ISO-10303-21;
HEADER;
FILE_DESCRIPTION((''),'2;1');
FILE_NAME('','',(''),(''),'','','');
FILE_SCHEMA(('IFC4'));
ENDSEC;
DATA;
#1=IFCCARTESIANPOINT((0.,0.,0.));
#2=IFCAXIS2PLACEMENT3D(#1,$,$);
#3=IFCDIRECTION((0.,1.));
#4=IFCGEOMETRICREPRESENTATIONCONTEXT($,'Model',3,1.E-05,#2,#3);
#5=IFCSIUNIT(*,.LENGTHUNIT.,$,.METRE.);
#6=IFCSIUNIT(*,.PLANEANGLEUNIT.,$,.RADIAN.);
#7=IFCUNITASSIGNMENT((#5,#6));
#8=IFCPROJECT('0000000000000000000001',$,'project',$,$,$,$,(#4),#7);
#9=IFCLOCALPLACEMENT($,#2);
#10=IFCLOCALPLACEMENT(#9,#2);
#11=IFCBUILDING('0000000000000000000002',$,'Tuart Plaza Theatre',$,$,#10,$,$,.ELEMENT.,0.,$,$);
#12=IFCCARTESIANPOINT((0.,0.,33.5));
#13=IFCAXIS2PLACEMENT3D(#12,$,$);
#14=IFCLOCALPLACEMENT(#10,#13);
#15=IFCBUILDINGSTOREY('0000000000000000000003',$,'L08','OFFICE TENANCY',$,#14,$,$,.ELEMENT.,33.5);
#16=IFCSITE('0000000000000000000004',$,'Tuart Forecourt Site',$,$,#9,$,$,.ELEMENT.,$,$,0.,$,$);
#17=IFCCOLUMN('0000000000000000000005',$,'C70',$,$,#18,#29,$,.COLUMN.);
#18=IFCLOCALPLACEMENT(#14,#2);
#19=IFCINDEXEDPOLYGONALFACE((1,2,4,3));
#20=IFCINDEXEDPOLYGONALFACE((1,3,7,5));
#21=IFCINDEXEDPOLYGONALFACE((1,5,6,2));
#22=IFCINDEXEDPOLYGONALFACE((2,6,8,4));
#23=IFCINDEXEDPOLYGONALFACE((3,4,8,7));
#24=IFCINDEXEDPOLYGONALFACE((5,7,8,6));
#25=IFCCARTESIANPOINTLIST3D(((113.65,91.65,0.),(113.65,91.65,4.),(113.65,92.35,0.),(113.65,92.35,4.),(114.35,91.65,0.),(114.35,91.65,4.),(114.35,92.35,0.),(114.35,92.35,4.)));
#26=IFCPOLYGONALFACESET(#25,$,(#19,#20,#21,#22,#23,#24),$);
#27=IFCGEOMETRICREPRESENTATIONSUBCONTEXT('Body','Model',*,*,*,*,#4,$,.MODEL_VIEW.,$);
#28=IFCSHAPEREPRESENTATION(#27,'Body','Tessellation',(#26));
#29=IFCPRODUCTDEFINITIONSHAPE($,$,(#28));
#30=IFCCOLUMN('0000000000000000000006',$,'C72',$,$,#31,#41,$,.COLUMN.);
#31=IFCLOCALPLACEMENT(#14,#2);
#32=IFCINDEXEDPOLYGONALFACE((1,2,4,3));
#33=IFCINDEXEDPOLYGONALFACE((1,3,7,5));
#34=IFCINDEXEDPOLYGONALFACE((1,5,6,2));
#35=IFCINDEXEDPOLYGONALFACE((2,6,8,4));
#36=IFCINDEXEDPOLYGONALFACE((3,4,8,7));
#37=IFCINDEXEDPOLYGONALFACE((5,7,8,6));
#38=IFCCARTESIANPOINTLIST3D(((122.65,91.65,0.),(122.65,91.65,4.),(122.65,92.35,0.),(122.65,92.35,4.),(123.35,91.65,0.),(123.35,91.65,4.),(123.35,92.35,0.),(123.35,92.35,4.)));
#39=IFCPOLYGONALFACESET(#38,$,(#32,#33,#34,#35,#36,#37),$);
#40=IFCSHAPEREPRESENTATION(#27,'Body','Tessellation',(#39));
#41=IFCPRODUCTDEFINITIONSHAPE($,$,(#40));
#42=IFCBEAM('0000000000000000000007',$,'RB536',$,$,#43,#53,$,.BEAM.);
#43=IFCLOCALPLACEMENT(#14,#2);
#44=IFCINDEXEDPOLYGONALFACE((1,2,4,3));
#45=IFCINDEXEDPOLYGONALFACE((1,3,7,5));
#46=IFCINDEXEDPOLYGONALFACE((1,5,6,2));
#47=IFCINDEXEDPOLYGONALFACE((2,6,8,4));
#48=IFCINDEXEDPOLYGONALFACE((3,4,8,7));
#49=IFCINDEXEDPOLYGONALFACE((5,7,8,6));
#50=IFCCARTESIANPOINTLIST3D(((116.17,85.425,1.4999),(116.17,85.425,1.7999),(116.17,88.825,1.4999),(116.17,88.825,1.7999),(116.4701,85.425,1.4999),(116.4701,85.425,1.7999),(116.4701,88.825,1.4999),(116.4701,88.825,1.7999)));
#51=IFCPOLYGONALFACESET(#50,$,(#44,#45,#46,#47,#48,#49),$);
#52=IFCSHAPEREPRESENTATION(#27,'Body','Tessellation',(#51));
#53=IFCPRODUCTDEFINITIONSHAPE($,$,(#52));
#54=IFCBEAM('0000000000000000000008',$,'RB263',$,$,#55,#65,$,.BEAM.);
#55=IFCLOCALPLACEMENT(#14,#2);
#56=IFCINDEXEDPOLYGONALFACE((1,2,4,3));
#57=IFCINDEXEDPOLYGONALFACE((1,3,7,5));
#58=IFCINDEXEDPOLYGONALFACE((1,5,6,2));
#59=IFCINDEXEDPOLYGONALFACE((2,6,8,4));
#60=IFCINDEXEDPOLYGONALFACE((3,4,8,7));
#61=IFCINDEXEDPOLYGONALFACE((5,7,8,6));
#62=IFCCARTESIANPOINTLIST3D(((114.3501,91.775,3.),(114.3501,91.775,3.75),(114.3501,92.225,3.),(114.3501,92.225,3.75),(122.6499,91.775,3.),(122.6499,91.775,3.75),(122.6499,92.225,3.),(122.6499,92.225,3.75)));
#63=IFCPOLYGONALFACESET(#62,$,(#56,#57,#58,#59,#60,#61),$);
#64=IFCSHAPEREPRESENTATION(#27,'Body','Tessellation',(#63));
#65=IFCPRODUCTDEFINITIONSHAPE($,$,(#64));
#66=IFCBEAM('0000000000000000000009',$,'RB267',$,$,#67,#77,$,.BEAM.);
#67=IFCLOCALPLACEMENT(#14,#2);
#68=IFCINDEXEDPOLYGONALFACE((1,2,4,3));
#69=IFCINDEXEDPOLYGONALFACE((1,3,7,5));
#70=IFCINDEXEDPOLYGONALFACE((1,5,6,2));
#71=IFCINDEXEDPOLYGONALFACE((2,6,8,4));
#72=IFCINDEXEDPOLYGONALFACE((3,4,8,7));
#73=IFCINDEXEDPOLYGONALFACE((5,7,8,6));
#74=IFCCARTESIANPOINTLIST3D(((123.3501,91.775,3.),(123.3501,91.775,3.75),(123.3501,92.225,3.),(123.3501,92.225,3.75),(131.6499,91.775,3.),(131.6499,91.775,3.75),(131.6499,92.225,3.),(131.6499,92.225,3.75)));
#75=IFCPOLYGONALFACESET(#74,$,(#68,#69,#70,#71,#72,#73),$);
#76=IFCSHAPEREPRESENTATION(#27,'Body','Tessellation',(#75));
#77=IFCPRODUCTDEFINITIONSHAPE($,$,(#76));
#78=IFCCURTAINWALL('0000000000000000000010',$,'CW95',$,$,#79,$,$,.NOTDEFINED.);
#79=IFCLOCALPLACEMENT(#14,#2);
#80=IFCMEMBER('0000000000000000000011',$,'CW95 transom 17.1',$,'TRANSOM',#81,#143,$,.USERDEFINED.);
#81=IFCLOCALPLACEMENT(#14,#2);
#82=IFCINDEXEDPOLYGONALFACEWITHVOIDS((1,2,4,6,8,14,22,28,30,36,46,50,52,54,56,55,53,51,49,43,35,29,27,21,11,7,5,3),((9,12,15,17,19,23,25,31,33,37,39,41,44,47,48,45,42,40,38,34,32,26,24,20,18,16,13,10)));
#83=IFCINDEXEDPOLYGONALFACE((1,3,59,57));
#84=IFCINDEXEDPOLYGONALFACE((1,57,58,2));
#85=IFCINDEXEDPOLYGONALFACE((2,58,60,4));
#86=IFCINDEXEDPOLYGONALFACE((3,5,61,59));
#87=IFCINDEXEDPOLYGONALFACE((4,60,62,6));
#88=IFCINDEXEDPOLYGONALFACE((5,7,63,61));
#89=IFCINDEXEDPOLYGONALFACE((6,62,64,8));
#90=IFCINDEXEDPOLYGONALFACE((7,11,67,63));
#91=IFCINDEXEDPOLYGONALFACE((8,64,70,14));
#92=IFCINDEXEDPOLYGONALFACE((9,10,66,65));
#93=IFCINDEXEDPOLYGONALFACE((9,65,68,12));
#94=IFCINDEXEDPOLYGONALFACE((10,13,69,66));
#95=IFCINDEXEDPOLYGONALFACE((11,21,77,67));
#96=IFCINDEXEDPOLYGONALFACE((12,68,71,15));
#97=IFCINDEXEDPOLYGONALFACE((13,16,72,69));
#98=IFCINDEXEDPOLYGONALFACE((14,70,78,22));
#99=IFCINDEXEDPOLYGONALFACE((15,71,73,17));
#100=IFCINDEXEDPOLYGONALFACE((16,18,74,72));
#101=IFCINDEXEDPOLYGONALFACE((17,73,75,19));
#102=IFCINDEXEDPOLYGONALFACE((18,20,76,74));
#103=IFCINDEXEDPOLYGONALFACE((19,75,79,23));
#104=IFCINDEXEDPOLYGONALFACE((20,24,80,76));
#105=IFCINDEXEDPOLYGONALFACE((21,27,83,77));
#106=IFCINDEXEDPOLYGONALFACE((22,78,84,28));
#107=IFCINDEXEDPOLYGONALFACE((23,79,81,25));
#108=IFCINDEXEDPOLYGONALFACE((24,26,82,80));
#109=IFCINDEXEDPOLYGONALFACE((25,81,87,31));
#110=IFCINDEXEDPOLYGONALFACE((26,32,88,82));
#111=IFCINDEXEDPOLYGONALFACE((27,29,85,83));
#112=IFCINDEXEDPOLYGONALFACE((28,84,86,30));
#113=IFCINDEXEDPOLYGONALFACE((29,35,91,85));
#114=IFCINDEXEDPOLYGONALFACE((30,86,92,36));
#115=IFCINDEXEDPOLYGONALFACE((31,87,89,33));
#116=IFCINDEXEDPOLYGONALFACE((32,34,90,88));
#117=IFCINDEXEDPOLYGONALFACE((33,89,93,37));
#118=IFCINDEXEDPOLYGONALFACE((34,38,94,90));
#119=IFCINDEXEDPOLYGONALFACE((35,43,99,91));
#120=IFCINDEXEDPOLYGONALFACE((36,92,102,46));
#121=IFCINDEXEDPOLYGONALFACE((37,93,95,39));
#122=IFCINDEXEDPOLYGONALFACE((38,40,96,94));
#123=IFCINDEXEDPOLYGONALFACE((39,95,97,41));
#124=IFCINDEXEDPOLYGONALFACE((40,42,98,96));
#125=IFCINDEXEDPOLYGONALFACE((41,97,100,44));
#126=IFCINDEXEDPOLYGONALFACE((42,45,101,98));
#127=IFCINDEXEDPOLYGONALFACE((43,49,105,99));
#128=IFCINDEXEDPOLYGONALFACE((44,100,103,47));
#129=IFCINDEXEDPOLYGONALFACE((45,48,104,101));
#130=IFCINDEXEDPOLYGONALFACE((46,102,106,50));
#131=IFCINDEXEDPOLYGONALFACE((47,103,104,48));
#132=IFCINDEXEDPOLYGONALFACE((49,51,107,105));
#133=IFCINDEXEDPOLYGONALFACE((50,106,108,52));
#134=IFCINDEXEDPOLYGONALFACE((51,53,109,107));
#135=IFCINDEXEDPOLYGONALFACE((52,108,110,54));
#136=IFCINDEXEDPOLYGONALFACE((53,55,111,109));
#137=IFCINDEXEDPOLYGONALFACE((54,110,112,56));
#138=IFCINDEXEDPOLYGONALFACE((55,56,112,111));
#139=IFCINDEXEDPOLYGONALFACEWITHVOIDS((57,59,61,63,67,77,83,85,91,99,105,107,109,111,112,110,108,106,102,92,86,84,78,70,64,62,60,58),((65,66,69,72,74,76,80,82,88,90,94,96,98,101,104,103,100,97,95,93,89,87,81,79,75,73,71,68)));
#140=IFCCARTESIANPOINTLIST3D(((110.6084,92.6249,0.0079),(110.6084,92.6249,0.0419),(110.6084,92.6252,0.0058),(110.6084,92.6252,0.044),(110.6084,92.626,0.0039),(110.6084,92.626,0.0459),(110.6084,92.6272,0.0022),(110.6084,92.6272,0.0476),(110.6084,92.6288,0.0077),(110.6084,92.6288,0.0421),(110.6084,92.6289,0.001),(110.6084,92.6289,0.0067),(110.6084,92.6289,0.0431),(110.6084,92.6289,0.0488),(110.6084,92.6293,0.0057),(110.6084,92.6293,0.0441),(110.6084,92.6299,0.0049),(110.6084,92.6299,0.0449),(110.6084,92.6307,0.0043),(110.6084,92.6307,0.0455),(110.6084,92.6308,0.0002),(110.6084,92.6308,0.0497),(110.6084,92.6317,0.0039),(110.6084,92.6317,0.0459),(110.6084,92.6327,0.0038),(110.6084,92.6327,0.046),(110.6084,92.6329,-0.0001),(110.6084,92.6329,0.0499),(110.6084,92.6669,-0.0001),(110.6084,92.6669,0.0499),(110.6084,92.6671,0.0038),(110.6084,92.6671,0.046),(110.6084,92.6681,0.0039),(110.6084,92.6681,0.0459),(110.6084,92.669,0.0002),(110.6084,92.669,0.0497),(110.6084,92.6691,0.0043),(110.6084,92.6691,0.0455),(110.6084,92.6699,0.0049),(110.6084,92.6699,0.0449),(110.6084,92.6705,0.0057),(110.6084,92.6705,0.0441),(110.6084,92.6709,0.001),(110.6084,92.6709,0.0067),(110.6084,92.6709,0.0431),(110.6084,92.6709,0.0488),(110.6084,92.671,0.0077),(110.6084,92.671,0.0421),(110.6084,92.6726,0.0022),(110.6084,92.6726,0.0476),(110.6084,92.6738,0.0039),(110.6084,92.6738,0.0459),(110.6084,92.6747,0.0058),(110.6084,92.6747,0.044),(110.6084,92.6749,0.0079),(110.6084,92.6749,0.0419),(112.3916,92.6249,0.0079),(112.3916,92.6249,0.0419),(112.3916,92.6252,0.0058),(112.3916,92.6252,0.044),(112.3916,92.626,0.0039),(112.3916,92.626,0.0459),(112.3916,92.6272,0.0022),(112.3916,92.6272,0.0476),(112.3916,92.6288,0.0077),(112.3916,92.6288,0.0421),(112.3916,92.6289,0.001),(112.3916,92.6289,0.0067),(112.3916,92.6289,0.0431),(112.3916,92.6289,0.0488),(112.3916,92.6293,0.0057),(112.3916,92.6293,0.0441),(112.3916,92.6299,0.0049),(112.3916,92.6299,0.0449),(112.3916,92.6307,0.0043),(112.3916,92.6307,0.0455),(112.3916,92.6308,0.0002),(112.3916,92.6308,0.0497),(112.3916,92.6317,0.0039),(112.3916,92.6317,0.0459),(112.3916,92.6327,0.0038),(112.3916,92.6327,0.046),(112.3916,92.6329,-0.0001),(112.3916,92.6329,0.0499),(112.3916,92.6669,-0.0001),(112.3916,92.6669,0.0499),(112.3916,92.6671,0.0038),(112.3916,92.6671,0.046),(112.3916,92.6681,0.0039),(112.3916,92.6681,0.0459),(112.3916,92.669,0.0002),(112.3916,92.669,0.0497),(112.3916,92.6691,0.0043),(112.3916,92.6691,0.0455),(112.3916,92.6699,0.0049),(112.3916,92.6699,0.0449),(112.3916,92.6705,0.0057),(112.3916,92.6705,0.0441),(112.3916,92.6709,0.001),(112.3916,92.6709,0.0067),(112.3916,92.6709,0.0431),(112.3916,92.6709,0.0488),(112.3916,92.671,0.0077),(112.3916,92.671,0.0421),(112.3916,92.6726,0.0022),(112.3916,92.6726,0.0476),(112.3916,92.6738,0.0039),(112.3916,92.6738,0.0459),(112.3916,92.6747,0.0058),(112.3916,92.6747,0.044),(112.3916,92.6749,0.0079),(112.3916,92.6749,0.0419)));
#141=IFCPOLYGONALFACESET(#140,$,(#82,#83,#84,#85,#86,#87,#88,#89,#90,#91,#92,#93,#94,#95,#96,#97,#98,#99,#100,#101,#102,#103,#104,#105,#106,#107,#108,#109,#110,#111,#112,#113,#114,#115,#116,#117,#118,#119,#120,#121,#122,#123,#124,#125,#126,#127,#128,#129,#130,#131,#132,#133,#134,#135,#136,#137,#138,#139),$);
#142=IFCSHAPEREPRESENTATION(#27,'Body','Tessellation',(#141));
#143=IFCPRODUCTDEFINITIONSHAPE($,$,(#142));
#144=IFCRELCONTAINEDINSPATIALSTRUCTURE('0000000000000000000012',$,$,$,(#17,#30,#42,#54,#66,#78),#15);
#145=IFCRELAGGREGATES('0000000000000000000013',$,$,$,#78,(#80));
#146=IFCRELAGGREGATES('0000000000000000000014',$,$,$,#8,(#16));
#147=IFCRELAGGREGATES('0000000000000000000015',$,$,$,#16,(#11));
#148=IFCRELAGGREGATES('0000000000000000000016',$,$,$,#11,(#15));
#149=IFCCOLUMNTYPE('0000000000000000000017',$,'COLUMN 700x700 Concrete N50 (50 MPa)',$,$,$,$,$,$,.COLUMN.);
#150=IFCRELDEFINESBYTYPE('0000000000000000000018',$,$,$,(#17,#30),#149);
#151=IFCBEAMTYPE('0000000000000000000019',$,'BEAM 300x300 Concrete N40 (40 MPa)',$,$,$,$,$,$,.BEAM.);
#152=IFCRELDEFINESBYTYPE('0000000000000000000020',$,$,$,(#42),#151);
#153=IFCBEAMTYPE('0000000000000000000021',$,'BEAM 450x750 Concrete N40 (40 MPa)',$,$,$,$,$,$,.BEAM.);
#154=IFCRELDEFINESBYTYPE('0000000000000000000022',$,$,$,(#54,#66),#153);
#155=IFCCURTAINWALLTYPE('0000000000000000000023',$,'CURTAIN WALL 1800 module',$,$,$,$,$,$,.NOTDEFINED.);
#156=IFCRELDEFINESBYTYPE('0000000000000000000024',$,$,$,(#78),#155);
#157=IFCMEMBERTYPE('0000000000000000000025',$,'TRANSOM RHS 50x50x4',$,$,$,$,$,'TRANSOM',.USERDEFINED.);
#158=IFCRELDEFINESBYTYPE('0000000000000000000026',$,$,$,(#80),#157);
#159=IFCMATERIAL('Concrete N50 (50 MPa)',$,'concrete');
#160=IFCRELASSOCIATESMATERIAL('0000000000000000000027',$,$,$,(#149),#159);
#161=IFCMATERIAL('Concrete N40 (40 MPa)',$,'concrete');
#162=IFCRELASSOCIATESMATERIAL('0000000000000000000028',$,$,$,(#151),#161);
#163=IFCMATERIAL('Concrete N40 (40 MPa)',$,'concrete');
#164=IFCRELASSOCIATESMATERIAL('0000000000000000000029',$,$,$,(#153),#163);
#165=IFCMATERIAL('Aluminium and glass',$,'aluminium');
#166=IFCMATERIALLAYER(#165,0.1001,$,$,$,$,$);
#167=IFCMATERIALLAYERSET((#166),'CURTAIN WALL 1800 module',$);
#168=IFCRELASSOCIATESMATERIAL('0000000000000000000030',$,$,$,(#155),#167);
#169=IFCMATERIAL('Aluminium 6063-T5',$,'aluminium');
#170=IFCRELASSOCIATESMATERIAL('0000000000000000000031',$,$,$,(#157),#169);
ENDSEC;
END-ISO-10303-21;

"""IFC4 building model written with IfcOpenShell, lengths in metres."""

from ifc_helpers import new_model, si_unit, direction, frame, origin, origin_2d, place, context, subcontext, project, spatial, rectangle, hollow_rectangle, extrude, material, layer, layer_set, material_profile, profile_set, type_object, element, aggregate, save


model = new_model("IFC4")

# Units and contexts
model_context = context("Model", 3, precision=1e-05, world=origin(), true_north=direction((0.0, 1.0)))
body_context = subcontext(model_context, "Body", "Model", "MODEL_VIEW")
ifc_project = project(units=[si_unit("LENGTHUNIT", "METRE"), si_unit("PLANEANGLEUNIT", "RADIAN")], contexts=[model_context])

# Site, building, storey
site_placement = place(None, origin())
site = spatial("IfcSite", under=ifc_project, at=site_placement, Name="Tuart Forecourt Site", CompositionType="ELEMENT", RefElevation=0.0)
building_placement = place(site_placement, origin())
building = spatial("IfcBuilding", under=site, at=building_placement, Name="Tuart Plaza Theatre", CompositionType="ELEMENT", ElevationOfRefHeight=0.0)
storey_placement = place(building_placement, frame((0.0, 0.0, 33.5)))
storey = spatial("IfcBuildingStorey", under=building, at=storey_placement, Name="L08", Description="OFFICE TENANCY", CompositionType="ELEMENT", Elevation=33.5)

# Columns
ifc_material_1 = material(Name="Concrete N50 (50 MPa)", Category="concrete")
ifc_material_profile_1 = material_profile(ifc_material_1, rectangle(XDim=0.7, YDim=0.7, at=origin_2d()), Name="COLUMN 700x700 Concrete N50 (50 MPa)")
ifc_profile_set_1 = profile_set([ifc_material_profile_1], Name="Concrete N50 (50 MPa)")
column_type = type_object("IfcColumnType", Name="COLUMN 700x700 Concrete N50 (50 MPa)", PredefinedType="COLUMN", material=ifc_profile_set_1)
for number, where, z_axis, x_axis, name in (
    (1, (114.0, 92.0, 0.0), (0.0, 0.0, 1.0), (1.0, 0.0, 0.0), "C70"),
    (2, (123.0, 92.0, 0.0), (0.0, 0.0, 1.0), (1.0, 0.0, 0.0), "C72"),
):
    element("IfcColumn", number, at=place(storey_placement, frame(where, z_axis=z_axis, x_axis=x_axis)), inside=storey, type_object=column_type, Name=name, PredefinedType="COLUMN", context=body_context, shape_type="SweptSolid", body=[
        extrude(rectangle(XDim=0.7, YDim=0.7, at=origin_2d()), origin(), (0.0, 0.0, 1.0), 4.0),
    ])

# Beams
ifc_material_2 = material(Name="Concrete N40 (40 MPa)", Category="concrete")
ifc_material_profile_2 = material_profile(ifc_material_2, rectangle(XDim=0.3, YDim=0.3, at=origin_2d()), Name="BEAM 300x300 Concrete N40 (40 MPa)")
ifc_profile_set_2 = profile_set([ifc_material_profile_2], Name="Concrete N40 (40 MPa)")
beam_type_1 = type_object("IfcBeamType", Name="BEAM 300x300 Concrete N40 (40 MPa)", PredefinedType="BEAM", material=ifc_profile_set_2)
beam_placement = place(storey_placement, frame((116.3201, 88.825, 1.6499), z_axis=(0.0, -1.0, 0.0), x_axis=(1.0, 0.0, 0.0)))
element("IfcBeam", 3, at=beam_placement, inside=storey, type_object=beam_type_1, Name="RB536", PredefinedType="BEAM", context=body_context, shape_type="SweptSolid", body=[
    extrude(rectangle(XDim=0.3, YDim=0.3, at=origin_2d()), origin(), (0.0, 0.0, 1.0), 3.3999),
])
ifc_material_3 = material(Name="Concrete N40 (40 MPa)", Category="concrete")
ifc_material_profile_3 = material_profile(ifc_material_3, rectangle(XDim=0.45, YDim=0.75, at=origin_2d()), Name="BEAM 450x750 Concrete N40 (40 MPa)")
ifc_profile_set_3 = profile_set([ifc_material_profile_3], Name="Concrete N40 (40 MPa)")
beam_type_2 = type_object("IfcBeamType", Name="BEAM 450x750 Concrete N40 (40 MPa)", PredefinedType="BEAM", material=ifc_profile_set_3)
for number, where, z_axis, x_axis, name in (
    (4, (114.3501, 92.0, 3.375), (1.0, 0.0, 0.0), (0.0, 1.0, 0.0), "RB263"),
    (5, (123.3501, 92.0, 3.375), (1.0, 0.0, 0.0), (0.0, 1.0, 0.0), "RB267"),
):
    element("IfcBeam", number, at=place(storey_placement, frame(where, z_axis=z_axis, x_axis=x_axis)), inside=storey, type_object=beam_type_2, Name=name, PredefinedType="BEAM", context=body_context, shape_type="SweptSolid", body=[
        extrude(rectangle(XDim=0.45, YDim=0.75, at=origin_2d()), origin(), (0.0, 0.0, 1.0), 8.2998),
    ])

# Curtain wall, member
ifc_material_4 = material(Name="Aluminium and glass", Category="aluminium")
ifc_layer_1 = layer(ifc_material_4, 0.1001)
ifc_layer_set_1 = layer_set([ifc_layer_1], Name="CURTAIN WALL 1800 module")
curtain_wall_type = type_object("IfcCurtainWallType", Name="CURTAIN WALL 1800 module", PredefinedType="NOTDEFINED", material=ifc_layer_set_1)
curtain_wall_placement = place(storey_placement, origin())
curtain_wall = element("IfcCurtainWall", 6, at=curtain_wall_placement, inside=storey, type_object=curtain_wall_type, Name="CW95", PredefinedType="NOTDEFINED")
ifc_material_5 = material(Name="Aluminium 6063-T5", Category="aluminium")
ifc_material_profile_4 = material_profile(ifc_material_5, hollow_rectangle(XDim=0.05, YDim=0.05, WallThickness=0.0039, InnerFilletRadius=0.0039, OuterFilletRadius=0.0081, at=origin_2d()), Name="RHS 50x50x4")
ifc_profile_set_4 = profile_set([ifc_material_profile_4], Name="Aluminium 6063-T5")
member_type = type_object("IfcMemberType", Name="TRANSOM RHS 50x50x4", ElementType="TRANSOM", PredefinedType="USERDEFINED", material=ifc_profile_set_4)
member_1_placement = place(storey_placement, frame((112.3916, 92.6499, 0.0249), z_axis=(-1.0, 0.0, 0.0), x_axis=(0.0, -1.0, 0.0)))
member_1 = element("IfcMember", 7, at=member_1_placement, type_object=member_type, Name="CW95 transom 17.1", ObjectType="TRANSOM", PredefinedType="USERDEFINED", context=body_context, shape_type="SweptSolid", body=[
    extrude(hollow_rectangle(XDim=0.05, YDim=0.05, WallThickness=0.0039, InnerFilletRadius=0.0039, OuterFilletRadius=0.0081, at=origin_2d()), origin(), (0.0, 0.0, 1.0), 1.7832),
])
aggregate(curtain_wall, [member_1])

save(model, "model.ifc")
